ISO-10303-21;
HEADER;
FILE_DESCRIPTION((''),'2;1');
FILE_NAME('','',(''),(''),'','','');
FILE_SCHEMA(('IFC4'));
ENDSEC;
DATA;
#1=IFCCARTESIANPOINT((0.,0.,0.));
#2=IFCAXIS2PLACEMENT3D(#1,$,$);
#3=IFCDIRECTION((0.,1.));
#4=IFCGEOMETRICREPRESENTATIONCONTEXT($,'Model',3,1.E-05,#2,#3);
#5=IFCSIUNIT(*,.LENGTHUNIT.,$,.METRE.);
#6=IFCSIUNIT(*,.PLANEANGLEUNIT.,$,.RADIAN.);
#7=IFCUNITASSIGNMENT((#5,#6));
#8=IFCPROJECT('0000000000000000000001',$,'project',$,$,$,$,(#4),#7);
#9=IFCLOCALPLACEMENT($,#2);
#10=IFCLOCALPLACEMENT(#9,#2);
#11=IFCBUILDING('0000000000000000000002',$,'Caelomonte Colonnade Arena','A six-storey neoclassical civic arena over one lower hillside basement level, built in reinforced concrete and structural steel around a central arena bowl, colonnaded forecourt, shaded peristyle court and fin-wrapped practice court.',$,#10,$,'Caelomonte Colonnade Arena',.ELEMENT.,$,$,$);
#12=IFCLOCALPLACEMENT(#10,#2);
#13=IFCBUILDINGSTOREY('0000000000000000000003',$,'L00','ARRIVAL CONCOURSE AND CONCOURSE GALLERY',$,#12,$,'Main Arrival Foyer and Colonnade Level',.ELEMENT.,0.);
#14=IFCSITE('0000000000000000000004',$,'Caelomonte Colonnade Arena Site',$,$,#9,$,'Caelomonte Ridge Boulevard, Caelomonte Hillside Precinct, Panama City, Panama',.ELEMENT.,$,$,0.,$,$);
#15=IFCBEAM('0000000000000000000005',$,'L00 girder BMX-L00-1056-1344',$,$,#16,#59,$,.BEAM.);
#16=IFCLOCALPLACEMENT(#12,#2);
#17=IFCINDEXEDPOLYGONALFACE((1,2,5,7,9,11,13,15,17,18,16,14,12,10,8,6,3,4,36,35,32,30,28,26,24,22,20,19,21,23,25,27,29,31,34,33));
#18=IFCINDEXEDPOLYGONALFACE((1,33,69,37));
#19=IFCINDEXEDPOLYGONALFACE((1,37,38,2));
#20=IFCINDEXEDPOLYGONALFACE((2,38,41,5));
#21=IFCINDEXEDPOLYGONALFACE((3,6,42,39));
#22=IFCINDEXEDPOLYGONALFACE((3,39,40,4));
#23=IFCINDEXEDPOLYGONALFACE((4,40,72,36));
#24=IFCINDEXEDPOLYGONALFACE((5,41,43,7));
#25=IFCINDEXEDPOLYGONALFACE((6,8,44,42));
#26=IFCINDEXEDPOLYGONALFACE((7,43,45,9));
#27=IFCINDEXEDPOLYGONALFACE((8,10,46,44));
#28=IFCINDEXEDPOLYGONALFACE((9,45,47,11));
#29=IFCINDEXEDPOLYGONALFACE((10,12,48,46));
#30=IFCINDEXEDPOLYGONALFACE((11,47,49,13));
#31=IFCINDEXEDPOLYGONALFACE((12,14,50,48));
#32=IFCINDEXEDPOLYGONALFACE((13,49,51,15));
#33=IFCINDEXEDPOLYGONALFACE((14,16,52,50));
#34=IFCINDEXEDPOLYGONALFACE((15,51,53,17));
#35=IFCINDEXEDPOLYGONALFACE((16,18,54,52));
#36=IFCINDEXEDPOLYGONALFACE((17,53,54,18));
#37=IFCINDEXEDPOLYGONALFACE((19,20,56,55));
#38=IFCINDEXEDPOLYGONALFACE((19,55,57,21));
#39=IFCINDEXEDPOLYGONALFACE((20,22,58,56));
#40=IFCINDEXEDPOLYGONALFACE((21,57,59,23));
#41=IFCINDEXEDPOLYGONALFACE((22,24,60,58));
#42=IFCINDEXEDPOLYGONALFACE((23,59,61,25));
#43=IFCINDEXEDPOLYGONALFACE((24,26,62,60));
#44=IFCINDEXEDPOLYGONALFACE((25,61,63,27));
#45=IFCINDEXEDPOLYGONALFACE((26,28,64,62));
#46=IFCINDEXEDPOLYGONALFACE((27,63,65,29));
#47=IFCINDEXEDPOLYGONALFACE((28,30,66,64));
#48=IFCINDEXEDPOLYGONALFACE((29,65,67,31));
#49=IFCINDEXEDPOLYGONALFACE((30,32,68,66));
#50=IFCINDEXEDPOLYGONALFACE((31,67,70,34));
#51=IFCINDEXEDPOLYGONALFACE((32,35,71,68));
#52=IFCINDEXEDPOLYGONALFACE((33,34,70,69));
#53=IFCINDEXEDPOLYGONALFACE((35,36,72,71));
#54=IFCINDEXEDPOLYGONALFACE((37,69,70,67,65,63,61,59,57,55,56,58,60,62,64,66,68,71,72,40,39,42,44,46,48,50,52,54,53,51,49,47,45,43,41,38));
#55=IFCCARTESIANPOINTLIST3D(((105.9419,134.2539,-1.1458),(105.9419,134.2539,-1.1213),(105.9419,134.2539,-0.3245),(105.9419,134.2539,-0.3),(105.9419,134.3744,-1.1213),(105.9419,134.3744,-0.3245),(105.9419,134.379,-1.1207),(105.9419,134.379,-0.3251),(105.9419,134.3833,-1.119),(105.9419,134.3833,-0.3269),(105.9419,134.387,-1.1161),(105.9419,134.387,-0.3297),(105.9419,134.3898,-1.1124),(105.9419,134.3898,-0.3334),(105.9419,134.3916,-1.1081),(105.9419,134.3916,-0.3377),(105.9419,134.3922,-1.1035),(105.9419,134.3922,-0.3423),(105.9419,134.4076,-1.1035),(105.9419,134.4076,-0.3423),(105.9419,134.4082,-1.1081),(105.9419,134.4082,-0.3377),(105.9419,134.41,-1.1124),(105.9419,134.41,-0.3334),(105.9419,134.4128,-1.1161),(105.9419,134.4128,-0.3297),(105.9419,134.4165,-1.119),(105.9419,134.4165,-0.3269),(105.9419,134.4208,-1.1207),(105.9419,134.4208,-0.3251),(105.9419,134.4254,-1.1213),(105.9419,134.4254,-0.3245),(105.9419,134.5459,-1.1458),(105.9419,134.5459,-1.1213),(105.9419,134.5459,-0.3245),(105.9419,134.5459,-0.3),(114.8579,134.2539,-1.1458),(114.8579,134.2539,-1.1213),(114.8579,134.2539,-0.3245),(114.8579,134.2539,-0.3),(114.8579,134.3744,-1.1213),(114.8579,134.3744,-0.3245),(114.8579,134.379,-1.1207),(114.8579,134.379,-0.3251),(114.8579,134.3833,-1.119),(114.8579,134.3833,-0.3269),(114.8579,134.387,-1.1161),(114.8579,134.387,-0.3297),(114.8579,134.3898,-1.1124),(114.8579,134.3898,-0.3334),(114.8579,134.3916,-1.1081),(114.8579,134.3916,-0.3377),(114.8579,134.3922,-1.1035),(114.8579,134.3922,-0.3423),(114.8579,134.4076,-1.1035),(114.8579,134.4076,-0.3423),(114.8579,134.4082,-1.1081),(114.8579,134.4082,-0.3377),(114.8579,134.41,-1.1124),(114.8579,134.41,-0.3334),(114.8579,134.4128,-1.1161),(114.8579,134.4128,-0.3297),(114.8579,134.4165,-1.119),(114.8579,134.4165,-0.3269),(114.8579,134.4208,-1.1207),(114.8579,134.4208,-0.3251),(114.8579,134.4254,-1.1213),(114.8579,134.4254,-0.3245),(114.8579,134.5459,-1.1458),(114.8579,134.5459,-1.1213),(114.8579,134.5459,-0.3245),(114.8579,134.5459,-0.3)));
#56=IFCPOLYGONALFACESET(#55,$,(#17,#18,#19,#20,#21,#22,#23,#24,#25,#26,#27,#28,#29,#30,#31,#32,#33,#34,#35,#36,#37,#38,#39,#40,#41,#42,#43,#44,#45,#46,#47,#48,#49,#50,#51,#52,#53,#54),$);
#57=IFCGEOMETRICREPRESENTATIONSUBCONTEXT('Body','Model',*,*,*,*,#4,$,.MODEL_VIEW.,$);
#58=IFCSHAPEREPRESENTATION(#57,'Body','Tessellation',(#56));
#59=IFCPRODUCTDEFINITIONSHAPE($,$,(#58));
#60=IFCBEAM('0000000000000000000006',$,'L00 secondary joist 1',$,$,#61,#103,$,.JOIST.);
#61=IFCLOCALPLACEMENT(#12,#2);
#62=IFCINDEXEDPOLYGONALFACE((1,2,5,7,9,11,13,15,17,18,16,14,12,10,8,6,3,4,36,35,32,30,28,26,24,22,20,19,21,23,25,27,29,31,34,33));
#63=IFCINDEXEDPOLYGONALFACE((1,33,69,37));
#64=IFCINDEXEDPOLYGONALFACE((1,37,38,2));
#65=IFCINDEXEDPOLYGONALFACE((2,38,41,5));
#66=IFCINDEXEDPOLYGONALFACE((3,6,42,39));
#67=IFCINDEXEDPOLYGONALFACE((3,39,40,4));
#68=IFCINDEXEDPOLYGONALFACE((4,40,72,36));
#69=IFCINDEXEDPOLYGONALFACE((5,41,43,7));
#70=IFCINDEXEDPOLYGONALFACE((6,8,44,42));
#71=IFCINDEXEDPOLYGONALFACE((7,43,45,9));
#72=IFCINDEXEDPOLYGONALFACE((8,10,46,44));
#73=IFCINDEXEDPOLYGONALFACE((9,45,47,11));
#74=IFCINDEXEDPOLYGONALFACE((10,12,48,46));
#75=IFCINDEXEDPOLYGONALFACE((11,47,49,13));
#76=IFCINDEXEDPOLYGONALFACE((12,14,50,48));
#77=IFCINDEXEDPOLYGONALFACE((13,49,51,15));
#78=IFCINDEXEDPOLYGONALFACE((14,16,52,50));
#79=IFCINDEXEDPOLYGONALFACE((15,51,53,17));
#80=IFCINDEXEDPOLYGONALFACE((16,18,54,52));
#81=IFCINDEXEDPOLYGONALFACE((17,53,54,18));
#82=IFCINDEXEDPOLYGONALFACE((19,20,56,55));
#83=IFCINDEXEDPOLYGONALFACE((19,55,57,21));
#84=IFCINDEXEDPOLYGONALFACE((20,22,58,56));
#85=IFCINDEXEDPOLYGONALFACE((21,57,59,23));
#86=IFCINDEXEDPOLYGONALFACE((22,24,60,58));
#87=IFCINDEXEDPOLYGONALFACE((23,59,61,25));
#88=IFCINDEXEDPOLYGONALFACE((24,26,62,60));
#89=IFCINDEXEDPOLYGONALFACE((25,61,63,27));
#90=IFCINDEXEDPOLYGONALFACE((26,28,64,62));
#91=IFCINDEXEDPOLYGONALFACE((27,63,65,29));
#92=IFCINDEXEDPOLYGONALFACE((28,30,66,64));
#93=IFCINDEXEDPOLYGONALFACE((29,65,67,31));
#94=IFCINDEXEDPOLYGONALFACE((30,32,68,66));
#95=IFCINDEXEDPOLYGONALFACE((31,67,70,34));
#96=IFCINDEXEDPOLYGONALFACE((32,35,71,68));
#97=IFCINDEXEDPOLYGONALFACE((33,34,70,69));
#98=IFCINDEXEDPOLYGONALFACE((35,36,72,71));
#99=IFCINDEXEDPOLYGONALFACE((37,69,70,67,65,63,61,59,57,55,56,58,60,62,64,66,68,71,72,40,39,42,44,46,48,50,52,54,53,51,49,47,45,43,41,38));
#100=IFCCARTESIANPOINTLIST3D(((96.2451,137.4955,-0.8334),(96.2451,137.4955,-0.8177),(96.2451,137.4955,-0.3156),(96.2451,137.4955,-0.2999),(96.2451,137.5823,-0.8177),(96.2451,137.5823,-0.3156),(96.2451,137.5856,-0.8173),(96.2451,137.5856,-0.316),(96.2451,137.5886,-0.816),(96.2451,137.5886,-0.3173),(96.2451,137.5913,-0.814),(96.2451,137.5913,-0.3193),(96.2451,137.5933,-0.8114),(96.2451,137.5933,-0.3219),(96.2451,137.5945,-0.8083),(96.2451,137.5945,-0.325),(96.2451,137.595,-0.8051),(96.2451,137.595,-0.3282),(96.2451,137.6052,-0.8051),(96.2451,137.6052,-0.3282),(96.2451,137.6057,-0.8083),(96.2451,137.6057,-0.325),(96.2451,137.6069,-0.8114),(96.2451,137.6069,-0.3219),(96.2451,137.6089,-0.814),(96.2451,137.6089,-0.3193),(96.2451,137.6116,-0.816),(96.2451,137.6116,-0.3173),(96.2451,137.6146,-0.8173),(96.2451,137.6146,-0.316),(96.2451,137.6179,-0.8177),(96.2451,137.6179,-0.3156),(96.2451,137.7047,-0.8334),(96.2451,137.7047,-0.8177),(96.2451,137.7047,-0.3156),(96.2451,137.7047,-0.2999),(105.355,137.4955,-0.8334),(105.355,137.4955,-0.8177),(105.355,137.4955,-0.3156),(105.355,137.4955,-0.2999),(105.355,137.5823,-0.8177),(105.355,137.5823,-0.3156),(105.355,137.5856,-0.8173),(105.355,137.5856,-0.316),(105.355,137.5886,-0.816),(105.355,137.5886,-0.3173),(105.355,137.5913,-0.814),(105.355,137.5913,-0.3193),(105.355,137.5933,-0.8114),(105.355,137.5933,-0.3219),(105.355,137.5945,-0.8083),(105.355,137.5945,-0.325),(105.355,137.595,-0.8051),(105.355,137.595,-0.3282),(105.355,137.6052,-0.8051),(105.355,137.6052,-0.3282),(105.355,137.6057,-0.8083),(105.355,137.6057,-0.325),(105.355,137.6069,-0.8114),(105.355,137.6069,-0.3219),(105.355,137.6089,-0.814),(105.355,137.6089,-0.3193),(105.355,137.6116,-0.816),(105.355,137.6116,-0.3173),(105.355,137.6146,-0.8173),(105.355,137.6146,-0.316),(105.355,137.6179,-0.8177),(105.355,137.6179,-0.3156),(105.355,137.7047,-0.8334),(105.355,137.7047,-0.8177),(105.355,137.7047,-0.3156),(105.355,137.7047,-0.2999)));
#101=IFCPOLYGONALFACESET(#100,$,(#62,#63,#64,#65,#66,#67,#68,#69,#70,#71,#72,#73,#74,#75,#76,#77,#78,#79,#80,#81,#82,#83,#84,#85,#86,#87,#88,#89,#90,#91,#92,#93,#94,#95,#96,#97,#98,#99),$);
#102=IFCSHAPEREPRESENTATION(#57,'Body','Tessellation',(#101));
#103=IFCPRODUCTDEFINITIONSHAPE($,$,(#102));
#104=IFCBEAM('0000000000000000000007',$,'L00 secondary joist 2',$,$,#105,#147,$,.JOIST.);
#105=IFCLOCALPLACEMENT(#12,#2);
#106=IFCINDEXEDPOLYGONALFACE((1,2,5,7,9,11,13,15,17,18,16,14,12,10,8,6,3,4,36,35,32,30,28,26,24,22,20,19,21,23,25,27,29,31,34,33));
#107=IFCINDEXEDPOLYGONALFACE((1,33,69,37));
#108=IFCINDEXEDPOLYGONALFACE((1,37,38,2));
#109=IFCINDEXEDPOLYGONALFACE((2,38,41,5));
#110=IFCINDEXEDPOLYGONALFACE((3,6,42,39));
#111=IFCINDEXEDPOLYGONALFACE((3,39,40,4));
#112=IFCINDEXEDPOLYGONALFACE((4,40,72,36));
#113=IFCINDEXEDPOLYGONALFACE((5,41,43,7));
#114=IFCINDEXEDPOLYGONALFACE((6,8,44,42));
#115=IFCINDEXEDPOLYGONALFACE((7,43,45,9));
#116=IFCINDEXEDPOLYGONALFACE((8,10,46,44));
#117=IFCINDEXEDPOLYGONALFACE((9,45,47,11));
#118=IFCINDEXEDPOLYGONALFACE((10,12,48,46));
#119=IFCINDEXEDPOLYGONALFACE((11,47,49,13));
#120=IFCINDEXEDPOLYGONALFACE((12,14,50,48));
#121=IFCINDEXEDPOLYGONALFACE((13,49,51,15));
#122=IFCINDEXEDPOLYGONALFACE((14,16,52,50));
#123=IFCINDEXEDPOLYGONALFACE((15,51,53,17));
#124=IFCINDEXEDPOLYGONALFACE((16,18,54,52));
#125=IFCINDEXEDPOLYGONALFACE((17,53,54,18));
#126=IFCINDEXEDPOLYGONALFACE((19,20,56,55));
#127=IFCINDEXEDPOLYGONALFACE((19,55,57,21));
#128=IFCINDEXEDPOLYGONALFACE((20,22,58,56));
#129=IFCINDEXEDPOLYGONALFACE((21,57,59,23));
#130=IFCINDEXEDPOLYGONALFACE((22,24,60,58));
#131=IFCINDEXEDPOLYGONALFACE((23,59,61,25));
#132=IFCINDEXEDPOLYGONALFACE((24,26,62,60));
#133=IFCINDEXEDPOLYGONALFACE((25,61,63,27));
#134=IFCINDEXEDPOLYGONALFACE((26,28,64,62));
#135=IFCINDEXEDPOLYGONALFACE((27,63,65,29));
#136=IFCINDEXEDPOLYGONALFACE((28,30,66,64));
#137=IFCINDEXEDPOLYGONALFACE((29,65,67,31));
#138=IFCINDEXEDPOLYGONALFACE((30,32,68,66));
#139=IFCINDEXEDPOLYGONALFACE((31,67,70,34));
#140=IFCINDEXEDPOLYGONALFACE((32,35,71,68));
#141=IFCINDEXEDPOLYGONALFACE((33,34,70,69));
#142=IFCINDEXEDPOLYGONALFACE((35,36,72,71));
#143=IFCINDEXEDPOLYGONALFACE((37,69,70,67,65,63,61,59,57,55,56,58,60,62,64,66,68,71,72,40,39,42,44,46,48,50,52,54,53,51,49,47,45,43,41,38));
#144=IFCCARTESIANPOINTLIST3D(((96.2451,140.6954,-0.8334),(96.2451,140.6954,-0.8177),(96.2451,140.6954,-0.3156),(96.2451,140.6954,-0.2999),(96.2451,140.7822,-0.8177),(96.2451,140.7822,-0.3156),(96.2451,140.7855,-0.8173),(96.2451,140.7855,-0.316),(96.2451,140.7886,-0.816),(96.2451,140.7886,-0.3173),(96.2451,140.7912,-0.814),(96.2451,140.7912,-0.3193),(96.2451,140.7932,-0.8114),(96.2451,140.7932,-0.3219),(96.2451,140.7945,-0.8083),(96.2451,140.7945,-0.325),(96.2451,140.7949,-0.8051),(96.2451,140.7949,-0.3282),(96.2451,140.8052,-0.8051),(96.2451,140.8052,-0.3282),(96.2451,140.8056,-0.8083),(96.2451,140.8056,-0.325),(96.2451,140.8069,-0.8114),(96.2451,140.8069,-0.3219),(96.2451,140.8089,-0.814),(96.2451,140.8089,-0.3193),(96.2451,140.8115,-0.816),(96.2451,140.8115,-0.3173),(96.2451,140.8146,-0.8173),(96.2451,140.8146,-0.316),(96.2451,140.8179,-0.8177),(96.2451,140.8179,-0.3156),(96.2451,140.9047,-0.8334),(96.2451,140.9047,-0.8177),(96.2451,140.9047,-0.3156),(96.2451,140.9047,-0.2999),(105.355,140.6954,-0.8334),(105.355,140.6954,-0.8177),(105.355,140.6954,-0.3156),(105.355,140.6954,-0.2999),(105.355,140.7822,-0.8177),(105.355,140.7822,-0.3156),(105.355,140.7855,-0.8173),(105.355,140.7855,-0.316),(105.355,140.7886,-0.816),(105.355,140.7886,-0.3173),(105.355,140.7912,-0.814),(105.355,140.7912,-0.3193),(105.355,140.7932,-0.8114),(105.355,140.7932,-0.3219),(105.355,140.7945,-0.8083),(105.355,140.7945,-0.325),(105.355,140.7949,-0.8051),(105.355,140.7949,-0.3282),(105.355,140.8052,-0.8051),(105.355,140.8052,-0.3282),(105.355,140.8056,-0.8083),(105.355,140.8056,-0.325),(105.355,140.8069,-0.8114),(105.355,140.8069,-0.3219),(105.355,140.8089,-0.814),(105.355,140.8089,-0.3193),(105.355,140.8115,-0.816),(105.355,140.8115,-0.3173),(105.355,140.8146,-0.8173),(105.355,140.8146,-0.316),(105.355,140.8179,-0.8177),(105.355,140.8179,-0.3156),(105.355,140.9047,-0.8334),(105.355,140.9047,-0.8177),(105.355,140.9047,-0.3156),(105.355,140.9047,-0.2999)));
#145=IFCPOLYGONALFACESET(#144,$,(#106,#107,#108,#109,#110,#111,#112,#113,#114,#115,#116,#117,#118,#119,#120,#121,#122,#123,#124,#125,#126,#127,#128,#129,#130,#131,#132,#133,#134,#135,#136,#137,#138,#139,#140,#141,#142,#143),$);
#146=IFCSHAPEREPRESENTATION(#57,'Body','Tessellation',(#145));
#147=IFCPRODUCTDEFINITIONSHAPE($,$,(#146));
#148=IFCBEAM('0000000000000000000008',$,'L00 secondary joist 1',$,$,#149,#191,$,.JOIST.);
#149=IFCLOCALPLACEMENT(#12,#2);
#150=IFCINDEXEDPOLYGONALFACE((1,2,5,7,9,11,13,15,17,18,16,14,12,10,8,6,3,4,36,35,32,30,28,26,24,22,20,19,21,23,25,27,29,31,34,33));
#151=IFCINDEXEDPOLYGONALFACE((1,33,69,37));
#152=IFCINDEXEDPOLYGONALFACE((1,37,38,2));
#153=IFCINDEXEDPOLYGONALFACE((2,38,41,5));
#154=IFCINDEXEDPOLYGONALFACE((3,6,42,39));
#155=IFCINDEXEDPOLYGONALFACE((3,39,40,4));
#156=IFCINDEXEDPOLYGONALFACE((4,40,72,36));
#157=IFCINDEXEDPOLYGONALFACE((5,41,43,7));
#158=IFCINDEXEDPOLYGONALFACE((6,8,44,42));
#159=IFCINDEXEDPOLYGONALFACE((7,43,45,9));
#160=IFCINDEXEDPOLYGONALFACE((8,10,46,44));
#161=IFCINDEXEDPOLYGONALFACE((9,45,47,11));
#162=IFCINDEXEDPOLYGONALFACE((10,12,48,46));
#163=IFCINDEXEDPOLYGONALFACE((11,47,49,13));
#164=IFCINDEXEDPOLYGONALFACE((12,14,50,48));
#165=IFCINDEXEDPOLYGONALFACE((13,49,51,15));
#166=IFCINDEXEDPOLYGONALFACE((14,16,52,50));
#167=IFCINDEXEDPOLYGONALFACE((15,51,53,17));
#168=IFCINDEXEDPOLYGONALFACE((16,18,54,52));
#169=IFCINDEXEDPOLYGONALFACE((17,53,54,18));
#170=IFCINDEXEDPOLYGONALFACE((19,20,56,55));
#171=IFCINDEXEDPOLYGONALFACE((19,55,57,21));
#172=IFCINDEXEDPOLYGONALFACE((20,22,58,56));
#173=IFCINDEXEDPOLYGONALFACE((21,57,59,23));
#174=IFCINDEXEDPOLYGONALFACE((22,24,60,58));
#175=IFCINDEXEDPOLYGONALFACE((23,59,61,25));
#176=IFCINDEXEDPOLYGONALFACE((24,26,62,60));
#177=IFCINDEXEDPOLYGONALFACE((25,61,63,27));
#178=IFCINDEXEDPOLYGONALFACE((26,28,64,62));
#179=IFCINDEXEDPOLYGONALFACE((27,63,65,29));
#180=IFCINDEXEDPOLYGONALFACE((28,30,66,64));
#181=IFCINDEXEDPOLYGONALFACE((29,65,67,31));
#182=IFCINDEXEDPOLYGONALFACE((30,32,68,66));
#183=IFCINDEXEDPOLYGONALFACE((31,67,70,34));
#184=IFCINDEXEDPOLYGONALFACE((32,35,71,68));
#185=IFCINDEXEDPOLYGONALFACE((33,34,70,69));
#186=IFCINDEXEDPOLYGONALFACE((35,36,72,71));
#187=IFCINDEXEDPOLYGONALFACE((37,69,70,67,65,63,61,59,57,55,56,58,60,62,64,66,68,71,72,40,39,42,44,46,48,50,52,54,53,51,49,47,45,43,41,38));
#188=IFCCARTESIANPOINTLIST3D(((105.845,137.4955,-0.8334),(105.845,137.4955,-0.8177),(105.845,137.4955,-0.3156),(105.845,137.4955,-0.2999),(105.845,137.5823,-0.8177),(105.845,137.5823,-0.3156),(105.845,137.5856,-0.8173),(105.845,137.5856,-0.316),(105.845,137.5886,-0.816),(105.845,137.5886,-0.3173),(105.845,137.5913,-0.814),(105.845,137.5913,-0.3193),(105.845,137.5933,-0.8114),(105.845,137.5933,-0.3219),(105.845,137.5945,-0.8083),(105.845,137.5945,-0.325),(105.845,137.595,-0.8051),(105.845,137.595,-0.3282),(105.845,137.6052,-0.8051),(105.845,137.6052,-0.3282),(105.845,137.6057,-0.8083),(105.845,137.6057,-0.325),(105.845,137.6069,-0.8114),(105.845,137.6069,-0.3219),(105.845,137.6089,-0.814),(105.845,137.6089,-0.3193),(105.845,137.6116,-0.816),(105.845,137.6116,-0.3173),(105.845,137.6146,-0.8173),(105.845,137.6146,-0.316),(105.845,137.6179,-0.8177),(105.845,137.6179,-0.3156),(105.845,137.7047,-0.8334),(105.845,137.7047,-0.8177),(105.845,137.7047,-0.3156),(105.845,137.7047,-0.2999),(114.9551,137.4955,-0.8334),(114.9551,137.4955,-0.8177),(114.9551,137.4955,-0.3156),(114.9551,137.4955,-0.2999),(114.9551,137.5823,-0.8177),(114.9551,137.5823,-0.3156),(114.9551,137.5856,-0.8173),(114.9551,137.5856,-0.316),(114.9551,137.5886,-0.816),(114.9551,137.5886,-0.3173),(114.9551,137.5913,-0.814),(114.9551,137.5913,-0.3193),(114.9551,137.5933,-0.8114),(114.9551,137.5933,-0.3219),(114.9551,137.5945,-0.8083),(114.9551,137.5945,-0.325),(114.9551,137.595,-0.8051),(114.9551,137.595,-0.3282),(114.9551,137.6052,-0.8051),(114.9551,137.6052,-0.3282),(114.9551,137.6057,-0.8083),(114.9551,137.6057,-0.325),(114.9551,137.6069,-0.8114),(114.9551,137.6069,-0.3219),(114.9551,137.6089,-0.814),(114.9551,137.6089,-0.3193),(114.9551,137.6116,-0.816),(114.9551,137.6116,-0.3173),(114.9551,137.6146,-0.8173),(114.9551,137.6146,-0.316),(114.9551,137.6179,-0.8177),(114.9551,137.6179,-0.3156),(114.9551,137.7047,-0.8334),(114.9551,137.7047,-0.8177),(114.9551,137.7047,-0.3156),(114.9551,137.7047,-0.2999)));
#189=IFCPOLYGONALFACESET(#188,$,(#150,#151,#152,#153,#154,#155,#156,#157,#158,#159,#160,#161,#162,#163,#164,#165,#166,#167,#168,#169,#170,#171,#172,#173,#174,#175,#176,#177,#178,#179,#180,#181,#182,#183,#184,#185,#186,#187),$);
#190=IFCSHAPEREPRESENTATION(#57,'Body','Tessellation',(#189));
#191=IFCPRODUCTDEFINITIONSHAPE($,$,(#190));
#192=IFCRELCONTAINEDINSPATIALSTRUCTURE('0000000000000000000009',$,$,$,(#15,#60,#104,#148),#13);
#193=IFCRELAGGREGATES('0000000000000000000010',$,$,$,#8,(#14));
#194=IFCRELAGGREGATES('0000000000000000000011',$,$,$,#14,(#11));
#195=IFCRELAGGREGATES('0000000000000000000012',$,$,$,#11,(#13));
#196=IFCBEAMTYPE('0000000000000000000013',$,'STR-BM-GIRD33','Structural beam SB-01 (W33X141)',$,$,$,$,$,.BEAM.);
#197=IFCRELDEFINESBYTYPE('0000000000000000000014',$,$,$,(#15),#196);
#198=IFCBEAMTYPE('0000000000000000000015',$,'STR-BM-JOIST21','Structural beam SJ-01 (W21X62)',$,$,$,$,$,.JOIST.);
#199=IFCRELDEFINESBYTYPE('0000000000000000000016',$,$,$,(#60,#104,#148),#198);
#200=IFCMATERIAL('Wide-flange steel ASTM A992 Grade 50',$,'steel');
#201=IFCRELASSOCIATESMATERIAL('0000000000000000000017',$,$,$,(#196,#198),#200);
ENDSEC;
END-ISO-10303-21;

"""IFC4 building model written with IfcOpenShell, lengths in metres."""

from ifc_helpers import new_model, si_unit, direction, frame, origin, origin_2d, place, context, subcontext, project, spatial, i_section, extrude, material, material_profile, profile_set, type_object, element, save


model = new_model("IFC4")

# Units and contexts
model_context = context("Model", 3, precision=1e-05, world=origin(), true_north=direction((0.0, 1.0)))
body_context = subcontext(model_context, "Body", "Model", "MODEL_VIEW")
ifc_project = project(units=[si_unit("LENGTHUNIT", "METRE"), si_unit("PLANEANGLEUNIT", "RADIAN")], contexts=[model_context])

# Site, building, storey
site_placement = place(None, origin())
site = spatial("IfcSite", under=ifc_project, at=site_placement, Name="Caelomonte Colonnade Arena Site", LongName="Caelomonte Ridge Boulevard, Caelomonte Hillside Precinct, Panama City, Panama", CompositionType="ELEMENT", RefElevation=0.0)
building_placement = place(site_placement, origin())
building = spatial("IfcBuilding", under=site, at=building_placement, Name="Caelomonte Colonnade Arena", Description="A six-storey neoclassical civic arena over one lower hillside basement level, built in reinforced concrete and structural steel around a central arena bowl, colonnaded forecourt, shaded peristyle court and fin-wrapped practice court.", LongName="Caelomonte Colonnade Arena", CompositionType="ELEMENT")
storey_placement = place(building_placement, origin())
storey = spatial("IfcBuildingStorey", under=building, at=storey_placement, Name="L00", Description="ARRIVAL CONCOURSE AND CONCOURSE GALLERY", LongName="Main Arrival Foyer and Colonnade Level", CompositionType="ELEMENT", Elevation=0.0)

# Beams
ifc_material_1 = material(Name="Wide-flange steel ASTM A992 Grade 50", Category="steel")
ifc_material_profile_1 = material_profile(ifc_material_1, i_section(OverallWidth=0.292, OverallDepth=0.8457, WebThickness=0.0154, FlangeThickness=0.0244, FilletRadius=0.0178, at=origin_2d()), Name="W33X141")
ifc_profile_set_1 = profile_set([ifc_material_profile_1], Name="Wide-flange steel ASTM A992 Grade 50")
beam_type_1 = type_object("IfcBeamType", Name="STR-BM-GIRD33", Description="Structural beam SB-01 (W33X141)", PredefinedType="BEAM", material=ifc_profile_set_1)
for number, where, z_axis, x_axis, name in (
    (1, (105.9419, 134.3999, -0.7229), (1.0, 0.0, 0.0), (0.0, 1.0, 0.0), "L00 girder BMX-L00-1056-1344"),
):
    element("IfcBeam", number, at=place(storey_placement, frame(where, z_axis=z_axis, x_axis=x_axis)), inside=storey, type_object=beam_type_1, Name=name, PredefinedType="BEAM", context=body_context, shape_type="SweptSolid", body=[
        extrude(i_section(OverallWidth=0.292, OverallDepth=0.8457, WebThickness=0.0154, FlangeThickness=0.0244, FilletRadius=0.0178, at=origin_2d()), origin(), (0.0, 0.0, 1.0), 8.916),
    ])
ifc_material_profile_2 = material_profile(ifc_material_1, i_section(OverallWidth=0.2092, OverallDepth=0.5334, WebThickness=0.0103, FlangeThickness=0.0156, FilletRadius=0.0127, at=origin_2d()), Name="W21X62")
ifc_profile_set_2 = profile_set([ifc_material_profile_2], Name="Wide-flange steel ASTM A992 Grade 50")
beam_type_2 = type_object("IfcBeamType", Name="STR-BM-JOIST21", Description="Structural beam SJ-01 (W21X62)", PredefinedType="JOIST", material=ifc_profile_set_2)
for number, where, z_axis, x_axis, name in (
    (2, (96.2451, 137.6001, -0.5667), (1.0, 0.0, 0.0), (0.0, 1.0, 0.0), "L00 secondary joist 1"),
    (3, (96.2451, 140.8, -0.5667), (1.0, 0.0, 0.0), (0.0, 1.0, 0.0), "L00 secondary joist 2"),
):
    element("IfcBeam", number, at=place(storey_placement, frame(where, z_axis=z_axis, x_axis=x_axis)), inside=storey, type_object=beam_type_2, Name=name, PredefinedType="JOIST", context=body_context, shape_type="SweptSolid", body=[
        extrude(i_section(OverallWidth=0.2092, OverallDepth=0.5334, WebThickness=0.0103, FlangeThickness=0.0156, FilletRadius=0.0127, at=origin_2d()), origin(), (0.0, 0.0, 1.0), 9.1099),
    ])
for number, where, z_axis, x_axis, name in (
    (4, (105.845, 137.6001, -0.5667), (1.0, 0.0, 0.0), (0.0, 1.0, 0.0), "L00 secondary joist 1"),
):
    element("IfcBeam", number, at=place(storey_placement, frame(where, z_axis=z_axis, x_axis=x_axis)), inside=storey, type_object=beam_type_2, Name=name, PredefinedType="JOIST", context=body_context, shape_type="SweptSolid", body=[
        extrude(i_section(OverallWidth=0.2092, OverallDepth=0.5334, WebThickness=0.0103, FlangeThickness=0.0156, FilletRadius=0.0127, at=origin_2d()), origin(), (0.0, 0.0, 1.0), 9.1101),
    ])

save(model, "model.ifc")
